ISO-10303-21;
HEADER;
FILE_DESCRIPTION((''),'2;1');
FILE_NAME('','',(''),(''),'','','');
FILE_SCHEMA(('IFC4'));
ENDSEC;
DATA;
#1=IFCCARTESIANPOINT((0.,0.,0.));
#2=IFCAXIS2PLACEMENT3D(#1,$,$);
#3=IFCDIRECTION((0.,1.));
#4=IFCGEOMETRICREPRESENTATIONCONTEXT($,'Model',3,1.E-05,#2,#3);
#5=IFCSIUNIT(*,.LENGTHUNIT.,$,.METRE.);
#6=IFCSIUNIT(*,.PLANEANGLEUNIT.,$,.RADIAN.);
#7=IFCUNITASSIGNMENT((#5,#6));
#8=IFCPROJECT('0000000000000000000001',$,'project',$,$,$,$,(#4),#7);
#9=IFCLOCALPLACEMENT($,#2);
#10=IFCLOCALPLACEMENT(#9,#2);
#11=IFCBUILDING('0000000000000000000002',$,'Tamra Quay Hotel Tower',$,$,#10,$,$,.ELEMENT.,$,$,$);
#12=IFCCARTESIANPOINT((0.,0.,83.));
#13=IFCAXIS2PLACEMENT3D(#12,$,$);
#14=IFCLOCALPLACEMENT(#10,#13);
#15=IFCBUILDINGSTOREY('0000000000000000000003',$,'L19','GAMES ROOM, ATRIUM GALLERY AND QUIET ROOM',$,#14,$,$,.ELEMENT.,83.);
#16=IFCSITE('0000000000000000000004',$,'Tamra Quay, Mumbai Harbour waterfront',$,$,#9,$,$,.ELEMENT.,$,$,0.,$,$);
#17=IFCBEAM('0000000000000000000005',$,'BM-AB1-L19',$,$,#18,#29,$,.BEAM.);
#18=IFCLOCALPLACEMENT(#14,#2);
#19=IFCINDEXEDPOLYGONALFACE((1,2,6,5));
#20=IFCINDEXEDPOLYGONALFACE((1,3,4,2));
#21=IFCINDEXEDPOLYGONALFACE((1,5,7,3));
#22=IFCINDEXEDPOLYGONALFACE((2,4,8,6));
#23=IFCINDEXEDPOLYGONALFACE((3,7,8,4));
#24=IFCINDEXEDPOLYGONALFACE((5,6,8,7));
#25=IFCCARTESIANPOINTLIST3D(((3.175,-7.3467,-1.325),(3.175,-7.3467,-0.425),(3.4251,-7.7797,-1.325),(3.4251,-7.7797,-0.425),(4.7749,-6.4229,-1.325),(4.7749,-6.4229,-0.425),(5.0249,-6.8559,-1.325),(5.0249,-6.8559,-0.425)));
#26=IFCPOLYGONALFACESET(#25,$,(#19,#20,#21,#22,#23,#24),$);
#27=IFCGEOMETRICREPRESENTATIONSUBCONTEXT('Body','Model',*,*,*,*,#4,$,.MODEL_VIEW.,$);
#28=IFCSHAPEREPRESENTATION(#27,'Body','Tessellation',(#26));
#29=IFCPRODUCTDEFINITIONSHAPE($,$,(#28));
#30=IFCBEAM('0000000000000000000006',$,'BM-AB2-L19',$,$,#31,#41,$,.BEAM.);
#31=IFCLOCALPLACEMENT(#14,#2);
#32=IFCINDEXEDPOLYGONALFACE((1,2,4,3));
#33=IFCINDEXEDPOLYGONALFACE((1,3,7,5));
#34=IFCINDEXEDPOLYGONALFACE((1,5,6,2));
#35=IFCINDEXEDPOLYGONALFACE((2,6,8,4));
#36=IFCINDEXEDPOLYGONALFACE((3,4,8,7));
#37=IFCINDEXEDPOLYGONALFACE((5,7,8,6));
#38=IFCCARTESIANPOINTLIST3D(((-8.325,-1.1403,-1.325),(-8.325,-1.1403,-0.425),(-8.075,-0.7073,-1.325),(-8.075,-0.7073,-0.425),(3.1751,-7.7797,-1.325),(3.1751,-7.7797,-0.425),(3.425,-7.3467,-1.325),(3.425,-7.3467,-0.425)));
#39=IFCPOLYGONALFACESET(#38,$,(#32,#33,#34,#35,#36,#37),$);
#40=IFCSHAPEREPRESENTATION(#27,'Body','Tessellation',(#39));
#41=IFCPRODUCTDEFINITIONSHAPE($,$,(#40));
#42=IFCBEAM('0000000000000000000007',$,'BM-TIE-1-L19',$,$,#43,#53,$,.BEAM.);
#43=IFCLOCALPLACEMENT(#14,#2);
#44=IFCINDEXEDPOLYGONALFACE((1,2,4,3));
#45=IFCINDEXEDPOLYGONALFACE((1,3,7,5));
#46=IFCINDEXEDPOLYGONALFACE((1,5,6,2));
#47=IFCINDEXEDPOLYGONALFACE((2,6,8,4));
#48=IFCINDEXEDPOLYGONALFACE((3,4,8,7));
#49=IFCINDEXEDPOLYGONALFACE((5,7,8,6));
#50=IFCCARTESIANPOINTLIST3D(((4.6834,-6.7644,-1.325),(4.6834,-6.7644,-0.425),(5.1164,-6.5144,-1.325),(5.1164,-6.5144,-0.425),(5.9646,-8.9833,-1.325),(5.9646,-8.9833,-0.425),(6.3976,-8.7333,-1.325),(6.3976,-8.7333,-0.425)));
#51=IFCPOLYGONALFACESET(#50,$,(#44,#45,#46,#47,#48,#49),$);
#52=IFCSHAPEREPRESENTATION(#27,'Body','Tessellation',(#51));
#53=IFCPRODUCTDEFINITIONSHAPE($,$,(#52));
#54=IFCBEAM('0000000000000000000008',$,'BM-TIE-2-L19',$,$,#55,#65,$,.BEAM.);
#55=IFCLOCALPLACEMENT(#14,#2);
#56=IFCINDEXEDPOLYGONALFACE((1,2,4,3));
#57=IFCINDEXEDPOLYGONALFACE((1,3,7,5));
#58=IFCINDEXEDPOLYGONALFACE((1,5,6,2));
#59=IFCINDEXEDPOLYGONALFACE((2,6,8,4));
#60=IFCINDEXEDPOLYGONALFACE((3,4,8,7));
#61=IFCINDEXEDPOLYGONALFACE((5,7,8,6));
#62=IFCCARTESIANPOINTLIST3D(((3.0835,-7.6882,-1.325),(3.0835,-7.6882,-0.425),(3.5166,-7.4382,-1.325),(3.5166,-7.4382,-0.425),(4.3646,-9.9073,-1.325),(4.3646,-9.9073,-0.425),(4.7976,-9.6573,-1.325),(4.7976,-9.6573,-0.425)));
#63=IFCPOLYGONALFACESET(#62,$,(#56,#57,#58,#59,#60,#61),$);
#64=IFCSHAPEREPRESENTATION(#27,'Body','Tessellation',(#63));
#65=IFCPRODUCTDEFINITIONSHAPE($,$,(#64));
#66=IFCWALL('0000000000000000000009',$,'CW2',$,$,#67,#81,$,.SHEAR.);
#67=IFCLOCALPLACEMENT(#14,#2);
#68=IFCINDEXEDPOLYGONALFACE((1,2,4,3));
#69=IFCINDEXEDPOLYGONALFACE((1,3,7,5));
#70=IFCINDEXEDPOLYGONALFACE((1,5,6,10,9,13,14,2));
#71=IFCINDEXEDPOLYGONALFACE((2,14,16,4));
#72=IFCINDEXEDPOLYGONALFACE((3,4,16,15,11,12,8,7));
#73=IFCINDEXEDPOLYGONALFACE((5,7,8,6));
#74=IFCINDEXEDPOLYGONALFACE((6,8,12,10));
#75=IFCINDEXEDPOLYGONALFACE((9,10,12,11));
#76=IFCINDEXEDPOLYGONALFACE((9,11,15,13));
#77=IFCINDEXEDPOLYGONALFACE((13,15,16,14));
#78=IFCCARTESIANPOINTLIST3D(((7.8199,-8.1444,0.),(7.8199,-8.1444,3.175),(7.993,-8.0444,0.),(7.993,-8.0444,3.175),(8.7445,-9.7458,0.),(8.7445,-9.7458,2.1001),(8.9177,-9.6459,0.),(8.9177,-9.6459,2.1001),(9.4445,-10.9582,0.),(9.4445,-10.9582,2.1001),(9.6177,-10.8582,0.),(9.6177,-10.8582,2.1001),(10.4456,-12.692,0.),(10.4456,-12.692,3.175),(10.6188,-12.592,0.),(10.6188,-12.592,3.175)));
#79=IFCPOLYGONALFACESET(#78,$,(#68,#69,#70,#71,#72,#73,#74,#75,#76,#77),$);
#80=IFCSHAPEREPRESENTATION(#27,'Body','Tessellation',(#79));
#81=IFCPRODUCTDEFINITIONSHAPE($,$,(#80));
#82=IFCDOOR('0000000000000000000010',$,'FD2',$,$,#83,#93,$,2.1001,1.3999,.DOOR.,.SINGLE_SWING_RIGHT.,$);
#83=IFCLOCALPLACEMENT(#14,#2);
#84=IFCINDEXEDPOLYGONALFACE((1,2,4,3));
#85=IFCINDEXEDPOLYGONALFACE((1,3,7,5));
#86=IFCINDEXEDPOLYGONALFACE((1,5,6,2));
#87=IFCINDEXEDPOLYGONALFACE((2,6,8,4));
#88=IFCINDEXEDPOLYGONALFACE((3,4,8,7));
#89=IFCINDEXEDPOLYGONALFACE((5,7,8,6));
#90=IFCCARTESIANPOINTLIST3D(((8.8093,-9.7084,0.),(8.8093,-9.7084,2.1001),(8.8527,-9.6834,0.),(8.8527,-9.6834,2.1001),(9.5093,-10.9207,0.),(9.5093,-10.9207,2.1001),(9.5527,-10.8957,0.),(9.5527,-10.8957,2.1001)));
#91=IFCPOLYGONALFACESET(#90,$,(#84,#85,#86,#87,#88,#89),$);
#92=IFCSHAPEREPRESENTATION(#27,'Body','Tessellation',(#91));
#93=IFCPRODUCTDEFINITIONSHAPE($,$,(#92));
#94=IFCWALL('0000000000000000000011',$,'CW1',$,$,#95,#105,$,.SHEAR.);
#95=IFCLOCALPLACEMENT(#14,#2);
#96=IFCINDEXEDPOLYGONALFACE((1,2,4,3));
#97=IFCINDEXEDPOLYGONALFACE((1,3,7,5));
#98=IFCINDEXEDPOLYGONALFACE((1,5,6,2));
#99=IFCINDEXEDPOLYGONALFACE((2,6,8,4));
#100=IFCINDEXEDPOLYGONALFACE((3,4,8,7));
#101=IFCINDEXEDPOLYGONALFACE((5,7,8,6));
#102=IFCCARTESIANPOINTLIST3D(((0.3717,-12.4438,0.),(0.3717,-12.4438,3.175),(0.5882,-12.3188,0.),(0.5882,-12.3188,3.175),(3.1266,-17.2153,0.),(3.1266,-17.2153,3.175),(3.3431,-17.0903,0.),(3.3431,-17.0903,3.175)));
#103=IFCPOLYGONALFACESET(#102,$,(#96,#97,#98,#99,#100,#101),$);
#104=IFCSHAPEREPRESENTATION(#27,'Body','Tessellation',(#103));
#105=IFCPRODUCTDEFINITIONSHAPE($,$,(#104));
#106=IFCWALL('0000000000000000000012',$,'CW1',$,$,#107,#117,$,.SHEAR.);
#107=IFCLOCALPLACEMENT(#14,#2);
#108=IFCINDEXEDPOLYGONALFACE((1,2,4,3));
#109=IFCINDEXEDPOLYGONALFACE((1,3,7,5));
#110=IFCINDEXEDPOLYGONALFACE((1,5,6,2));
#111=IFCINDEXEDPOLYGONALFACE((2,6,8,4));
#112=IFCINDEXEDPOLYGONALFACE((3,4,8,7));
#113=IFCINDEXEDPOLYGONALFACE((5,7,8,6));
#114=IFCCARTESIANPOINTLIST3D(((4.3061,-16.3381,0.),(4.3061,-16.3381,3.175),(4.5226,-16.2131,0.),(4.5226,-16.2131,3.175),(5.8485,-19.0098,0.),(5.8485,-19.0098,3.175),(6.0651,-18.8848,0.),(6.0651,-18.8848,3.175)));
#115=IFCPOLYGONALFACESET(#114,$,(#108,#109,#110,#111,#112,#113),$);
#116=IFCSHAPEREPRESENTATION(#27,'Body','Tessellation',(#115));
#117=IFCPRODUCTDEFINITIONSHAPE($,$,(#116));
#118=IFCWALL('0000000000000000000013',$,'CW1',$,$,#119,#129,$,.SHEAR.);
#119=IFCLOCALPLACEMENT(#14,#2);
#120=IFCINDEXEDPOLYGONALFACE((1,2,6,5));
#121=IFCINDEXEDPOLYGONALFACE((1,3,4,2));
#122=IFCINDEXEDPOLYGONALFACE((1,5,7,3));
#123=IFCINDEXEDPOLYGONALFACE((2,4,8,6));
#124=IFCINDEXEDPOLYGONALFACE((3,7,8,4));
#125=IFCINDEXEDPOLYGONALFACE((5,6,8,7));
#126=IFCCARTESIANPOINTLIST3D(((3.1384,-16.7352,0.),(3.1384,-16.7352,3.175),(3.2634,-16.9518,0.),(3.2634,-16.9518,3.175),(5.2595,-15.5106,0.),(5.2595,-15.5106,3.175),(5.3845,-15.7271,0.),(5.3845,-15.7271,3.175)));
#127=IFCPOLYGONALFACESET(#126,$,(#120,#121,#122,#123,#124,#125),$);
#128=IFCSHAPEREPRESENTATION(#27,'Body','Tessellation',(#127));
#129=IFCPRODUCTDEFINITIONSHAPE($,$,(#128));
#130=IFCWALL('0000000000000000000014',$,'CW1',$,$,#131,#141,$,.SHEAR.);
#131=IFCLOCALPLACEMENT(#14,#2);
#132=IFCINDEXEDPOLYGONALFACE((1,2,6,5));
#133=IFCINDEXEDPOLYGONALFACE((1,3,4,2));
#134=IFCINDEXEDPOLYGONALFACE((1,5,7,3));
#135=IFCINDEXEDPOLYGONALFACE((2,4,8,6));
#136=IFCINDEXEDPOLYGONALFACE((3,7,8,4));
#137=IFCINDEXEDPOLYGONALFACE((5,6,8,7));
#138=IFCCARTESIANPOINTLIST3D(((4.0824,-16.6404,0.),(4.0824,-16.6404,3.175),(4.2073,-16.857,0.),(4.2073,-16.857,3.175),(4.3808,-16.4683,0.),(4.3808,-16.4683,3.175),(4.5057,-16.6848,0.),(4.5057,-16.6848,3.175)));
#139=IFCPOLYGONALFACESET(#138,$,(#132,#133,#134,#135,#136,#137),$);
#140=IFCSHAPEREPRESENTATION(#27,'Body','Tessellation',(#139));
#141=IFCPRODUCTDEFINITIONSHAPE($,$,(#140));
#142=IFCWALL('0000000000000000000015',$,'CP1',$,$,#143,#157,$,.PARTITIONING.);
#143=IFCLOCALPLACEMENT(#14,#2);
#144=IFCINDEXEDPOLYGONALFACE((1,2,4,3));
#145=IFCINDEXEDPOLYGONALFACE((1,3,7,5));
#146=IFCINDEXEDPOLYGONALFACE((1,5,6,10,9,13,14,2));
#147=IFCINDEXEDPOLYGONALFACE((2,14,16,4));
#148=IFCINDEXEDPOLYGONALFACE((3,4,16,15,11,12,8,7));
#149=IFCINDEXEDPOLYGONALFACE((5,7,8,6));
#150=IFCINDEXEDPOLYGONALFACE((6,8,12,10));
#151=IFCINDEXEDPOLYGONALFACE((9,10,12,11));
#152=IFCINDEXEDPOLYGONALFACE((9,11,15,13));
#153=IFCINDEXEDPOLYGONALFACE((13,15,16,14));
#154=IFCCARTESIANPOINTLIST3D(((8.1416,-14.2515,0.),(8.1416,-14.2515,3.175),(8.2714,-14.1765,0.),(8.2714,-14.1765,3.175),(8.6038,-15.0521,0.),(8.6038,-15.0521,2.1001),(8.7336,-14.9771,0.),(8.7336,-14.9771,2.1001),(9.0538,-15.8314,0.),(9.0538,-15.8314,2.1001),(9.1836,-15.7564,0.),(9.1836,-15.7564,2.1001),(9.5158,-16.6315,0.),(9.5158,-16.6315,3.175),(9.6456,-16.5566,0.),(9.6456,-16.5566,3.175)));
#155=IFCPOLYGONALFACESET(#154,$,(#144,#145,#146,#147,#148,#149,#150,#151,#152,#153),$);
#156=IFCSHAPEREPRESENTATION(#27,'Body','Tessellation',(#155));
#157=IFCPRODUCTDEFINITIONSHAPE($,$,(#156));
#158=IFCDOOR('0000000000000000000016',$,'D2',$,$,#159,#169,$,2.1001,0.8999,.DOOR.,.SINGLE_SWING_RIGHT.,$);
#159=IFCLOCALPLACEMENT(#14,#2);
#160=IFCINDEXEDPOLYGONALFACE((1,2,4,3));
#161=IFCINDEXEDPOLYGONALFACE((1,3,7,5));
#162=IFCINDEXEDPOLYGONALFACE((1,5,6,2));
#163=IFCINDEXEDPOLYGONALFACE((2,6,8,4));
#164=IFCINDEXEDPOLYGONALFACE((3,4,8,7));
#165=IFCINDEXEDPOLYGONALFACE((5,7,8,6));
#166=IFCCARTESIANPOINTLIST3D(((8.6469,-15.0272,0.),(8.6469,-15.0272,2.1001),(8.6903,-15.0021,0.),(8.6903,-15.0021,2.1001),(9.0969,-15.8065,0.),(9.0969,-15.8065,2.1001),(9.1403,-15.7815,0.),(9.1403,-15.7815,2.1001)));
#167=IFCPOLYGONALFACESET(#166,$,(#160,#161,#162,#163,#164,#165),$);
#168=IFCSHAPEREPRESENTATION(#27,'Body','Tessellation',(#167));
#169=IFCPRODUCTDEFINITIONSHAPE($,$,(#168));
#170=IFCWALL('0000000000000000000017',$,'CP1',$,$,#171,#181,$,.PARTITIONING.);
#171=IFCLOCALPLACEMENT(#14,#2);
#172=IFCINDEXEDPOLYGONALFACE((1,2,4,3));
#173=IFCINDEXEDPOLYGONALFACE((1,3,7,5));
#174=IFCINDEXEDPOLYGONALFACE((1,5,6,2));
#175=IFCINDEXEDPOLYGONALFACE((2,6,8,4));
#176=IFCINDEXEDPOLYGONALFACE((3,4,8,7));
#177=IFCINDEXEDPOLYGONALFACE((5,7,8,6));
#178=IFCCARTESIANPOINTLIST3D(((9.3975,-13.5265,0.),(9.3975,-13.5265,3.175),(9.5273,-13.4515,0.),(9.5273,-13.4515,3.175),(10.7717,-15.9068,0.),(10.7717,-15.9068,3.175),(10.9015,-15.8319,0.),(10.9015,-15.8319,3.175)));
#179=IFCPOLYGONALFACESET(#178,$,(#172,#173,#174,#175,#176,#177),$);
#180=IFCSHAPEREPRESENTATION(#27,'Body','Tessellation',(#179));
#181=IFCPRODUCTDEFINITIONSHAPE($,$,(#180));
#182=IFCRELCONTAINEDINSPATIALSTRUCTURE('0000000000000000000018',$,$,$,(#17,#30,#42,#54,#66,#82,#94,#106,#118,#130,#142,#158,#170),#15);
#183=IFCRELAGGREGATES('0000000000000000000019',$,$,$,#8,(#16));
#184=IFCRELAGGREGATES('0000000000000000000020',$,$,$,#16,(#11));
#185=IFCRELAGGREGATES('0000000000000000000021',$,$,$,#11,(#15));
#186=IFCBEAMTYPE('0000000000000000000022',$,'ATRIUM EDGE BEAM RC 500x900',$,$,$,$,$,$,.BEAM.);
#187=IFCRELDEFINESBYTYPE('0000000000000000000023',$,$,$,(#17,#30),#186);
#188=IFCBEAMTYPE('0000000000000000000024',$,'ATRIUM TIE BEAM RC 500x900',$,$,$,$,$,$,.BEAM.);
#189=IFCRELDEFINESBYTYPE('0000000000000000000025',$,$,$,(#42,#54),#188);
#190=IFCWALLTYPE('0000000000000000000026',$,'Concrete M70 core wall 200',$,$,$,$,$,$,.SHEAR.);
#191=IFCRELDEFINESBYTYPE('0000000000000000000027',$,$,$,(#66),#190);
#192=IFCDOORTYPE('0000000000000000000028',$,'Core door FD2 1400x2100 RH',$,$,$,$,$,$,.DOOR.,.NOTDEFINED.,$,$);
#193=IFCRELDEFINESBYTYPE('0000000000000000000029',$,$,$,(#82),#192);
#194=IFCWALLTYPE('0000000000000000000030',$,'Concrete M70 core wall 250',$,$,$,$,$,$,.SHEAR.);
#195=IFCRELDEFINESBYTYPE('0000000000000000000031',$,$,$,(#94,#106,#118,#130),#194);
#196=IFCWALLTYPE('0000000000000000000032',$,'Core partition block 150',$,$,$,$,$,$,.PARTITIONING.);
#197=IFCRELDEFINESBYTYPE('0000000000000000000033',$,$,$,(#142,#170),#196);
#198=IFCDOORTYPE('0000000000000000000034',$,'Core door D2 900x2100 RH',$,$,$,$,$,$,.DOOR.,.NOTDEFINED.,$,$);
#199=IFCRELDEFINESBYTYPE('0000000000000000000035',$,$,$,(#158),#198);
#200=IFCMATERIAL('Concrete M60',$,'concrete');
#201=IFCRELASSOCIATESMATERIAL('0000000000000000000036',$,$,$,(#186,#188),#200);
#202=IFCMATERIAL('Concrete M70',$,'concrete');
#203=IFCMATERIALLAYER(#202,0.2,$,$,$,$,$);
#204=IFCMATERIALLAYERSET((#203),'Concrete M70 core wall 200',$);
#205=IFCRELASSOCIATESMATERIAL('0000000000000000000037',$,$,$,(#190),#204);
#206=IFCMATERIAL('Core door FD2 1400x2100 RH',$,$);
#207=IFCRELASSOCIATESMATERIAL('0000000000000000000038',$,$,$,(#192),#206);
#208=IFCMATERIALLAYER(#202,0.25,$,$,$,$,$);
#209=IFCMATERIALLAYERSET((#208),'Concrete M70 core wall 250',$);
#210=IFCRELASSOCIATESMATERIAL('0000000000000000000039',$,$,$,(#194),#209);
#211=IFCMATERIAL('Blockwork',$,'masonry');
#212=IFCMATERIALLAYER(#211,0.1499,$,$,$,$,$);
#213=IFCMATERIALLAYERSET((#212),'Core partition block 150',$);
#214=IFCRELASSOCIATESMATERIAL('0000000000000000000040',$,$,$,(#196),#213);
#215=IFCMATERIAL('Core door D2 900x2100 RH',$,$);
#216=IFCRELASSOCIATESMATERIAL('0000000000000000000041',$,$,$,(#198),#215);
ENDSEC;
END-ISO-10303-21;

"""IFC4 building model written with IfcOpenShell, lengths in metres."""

from ifc_helpers import new_model, si_unit, direction, frame, frame_2d, origin, origin_2d, place, context, subcontext, project, spatial, rectangle, extrude, material, layer, layer_set, material_profile, profile_set, type_object, element, fill, save


model = new_model("IFC4")

# Units and contexts
model_context = context("Model", 3, precision=1e-05, world=origin(), true_north=direction((0.0, 1.0)))
body_context = subcontext(model_context, "Body", "Model", "MODEL_VIEW")
ifc_project = project(units=[si_unit("LENGTHUNIT", "METRE"), si_unit("PLANEANGLEUNIT", "RADIAN")], contexts=[model_context])

# Site, building, storey
site_placement = place(None, origin())
site = spatial("IfcSite", under=ifc_project, at=site_placement, Name="Tamra Quay, Mumbai Harbour waterfront", CompositionType="ELEMENT", RefElevation=0.0)
building_placement = place(site_placement, origin())
building = spatial("IfcBuilding", under=site, at=building_placement, Name="Tamra Quay Hotel Tower", CompositionType="ELEMENT")
storey_placement = place(building_placement, frame((0.0, 0.0, 83.0)))
storey = spatial("IfcBuildingStorey", under=building, at=storey_placement, Name="L19", Description="GAMES ROOM, ATRIUM GALLERY AND QUIET ROOM", CompositionType="ELEMENT", Elevation=83.0)

# Beams
ifc_material_1 = material(Name="Concrete M60", Category="concrete")
ifc_material_profile_1 = material_profile(ifc_material_1, rectangle(XDim=0.5, YDim=0.8999, at=origin_2d()), Name="ATRIUM EDGE BEAM RC 500x900")
ifc_profile_set_1 = profile_set([ifc_material_profile_1], Name="Concrete M60")
beam_type_1 = type_object("IfcBeamType", Name="ATRIUM EDGE BEAM RC 500x900", PredefinedType="BEAM", material=ifc_profile_set_1)
beam_1_placement = place(storey_placement, frame((4.8999, -6.6394, -0.875), z_axis=(-0.86599, -0.500062, 0.0), x_axis=(0.500062, -0.86599, 0.0)))
element("IfcBeam", 1, at=beam_1_placement, inside=storey, type_object=beam_type_1, Name="BM-AB1-L19", PredefinedType="BEAM", context=body_context, shape_type="SweptSolid", body=[
    extrude(rectangle(XDim=0.5, YDim=0.8999, at=origin_2d()), origin(), (0.0, 0.0, 1.0), 1.8474),
])
beam_2_placement = place(storey_placement, frame((3.3, -7.5632, -0.875), z_axis=(-0.866029, 0.499993, 0.0), x_axis=(-0.499993, -0.866029, 0.0)))
element("IfcBeam", 2, at=beam_2_placement, inside=storey, type_object=beam_type_1, Name="BM-AB2-L19", PredefinedType="BEAM", context=body_context, shape_type="SweptSolid", body=[
    extrude(rectangle(XDim=0.5, YDim=0.8999, at=origin_2d()), origin(), (0.0, 0.0, 1.0), 13.2791),
])
ifc_material_profile_2 = material_profile(ifc_material_1, rectangle(XDim=0.5, YDim=0.8999, at=origin_2d()), Name="ATRIUM TIE BEAM RC 500x900")
ifc_profile_set_2 = profile_set([ifc_material_profile_2], Name="Concrete M60")
beam_type_2 = type_object("IfcBeamType", Name="ATRIUM TIE BEAM RC 500x900", PredefinedType="BEAM", material=ifc_profile_set_2)
for number, where, z_axis, x_axis, name in (
    (3, (4.8999, -6.6394, -0.875), (0.500033, -0.866006, 0.0), (0.866006, 0.500033, 0.0), "BM-TIE-1-L19"),
    (4, (3.3, -7.5632, -0.875), (0.499962, -0.866048, 0.0), (0.866048, 0.499962, 0.0), "BM-TIE-2-L19"),
):
    element("IfcBeam", number, at=place(storey_placement, frame(where, z_axis=z_axis, x_axis=x_axis)), inside=storey, type_object=beam_type_2, Name=name, PredefinedType="BEAM", context=body_context, shape_type="SweptSolid", body=[
        extrude(rectangle(XDim=0.5, YDim=0.8999, at=origin_2d()), origin(), (0.0, 0.0, 1.0), 2.5623),
    ])

# Wall, opening, door
ifc_material_2 = material(Name="Concrete M70", Category="concrete")
ifc_layer_1 = layer(ifc_material_2, 0.2)
ifc_layer_set_1 = layer_set([ifc_layer_1], Name="Concrete M70 core wall 200")
wall_type_1 = type_object("IfcWallType", Name="Concrete M70 core wall 200", PredefinedType="SHEAR", material=ifc_layer_set_1)
wall_1_placement = place(storey_placement, frame((7.9065, -8.0945, 0.0), z_axis=(0.0, 0.0, 1.0), x_axis=(0.500024, -0.866011, 0.0)))
wall_1 = element("IfcWall", 5, at=wall_1_placement, inside=storey, type_object=wall_type_1, Name="CW2", PredefinedType="SHEAR", context=body_context, shape_type="SweptSolid", body=[
    extrude(rectangle(XDim=5.2512, YDim=0.2, at=frame_2d((2.6255, 0.0))), origin(), (0.0, 0.0, 1.0), 3.175),
])
opening_1_placement = place(wall_1_placement, frame((1.8491, 0.0, 0.0)))
opening_1 = element("IfcOpeningElement", 6, at=opening_1_placement, cuts=wall_1, PredefinedType="OPENING", context=body_context, shape_type="SweptSolid", body=[
    extrude(rectangle(XDim=1.3999, YDim=2.1001, at=frame_2d((0.7, 1.05))), frame((0.0, 0.1099, 0.0), z_axis=(0.0, -1.0, 0.0), x_axis=(1.0, 0.0, 0.0)), (0.0, 0.0, 1.0), 0.22),
])
ifc_material_3 = material(Name="Core door FD2 1400x2100 RH")
door_type_1 = type_object("IfcDoorType", Name="Core door FD2 1400x2100 RH", OperationType="NOTDEFINED", PredefinedType="DOOR", material=ifc_material_3)
door_1_placement = place(opening_1_placement, origin())
door_1 = element("IfcDoor", 7, at=door_1_placement, inside=storey, type_object=door_type_1, Name="FD2", OperationType="SINGLE_SWING_RIGHT", OverallHeight=2.1001, OverallWidth=1.3999, PredefinedType="DOOR", context=body_context, shape_type="SweptSolid", body=[
    extrude(rectangle(XDim=1.3999, YDim=2.1001, at=frame_2d((0.7, 1.05))), frame((0.0, 0.0249, 0.0), z_axis=(0.0, -1.0, 0.0), x_axis=(1.0, 0.0, 0.0)), (0.0, 0.0, 1.0), 0.05),
])
fill(opening_1, door_1)

# Walls
ifc_layer_2 = layer(ifc_material_2, 0.25)
ifc_layer_set_2 = layer_set([ifc_layer_2], Name="Concrete M70 core wall 250")
wall_type_2 = type_object("IfcWallType", Name="Concrete M70 core wall 250", PredefinedType="SHEAR", material=ifc_layer_set_2)
wall_2_placement = place(storey_placement, frame((3.2349, -17.1528, 0.0), z_axis=(0.0, 0.0, 1.0), x_axis=(-0.500009, 0.86602, 0.0)))
element("IfcWall", 8, at=wall_2_placement, inside=storey, type_object=wall_type_2, Name="CW1", PredefinedType="SHEAR", context=body_context, shape_type="SweptSolid", body=[
    extrude(rectangle(XDim=5.5098, YDim=0.25, at=frame_2d((2.7549, 0.0))), origin(), (0.0, 0.0, 1.0), 3.175),
])
wall_3_placement = place(storey_placement, frame((4.4143, -16.2756, 0.0), z_axis=(0.0, 0.0, 1.0), x_axis=(0.500003, -0.866023, 0.0)))
element("IfcWall", 9, at=wall_3_placement, inside=storey, type_object=wall_type_2, Name="CW1", PredefinedType="SHEAR", context=body_context, shape_type="SweptSolid", body=[
    extrude(rectangle(XDim=3.085, YDim=0.25, at=frame_2d((1.5425, 0.0))), origin(), (0.0, 0.0, 1.0), 3.175),
])
wall_4_placement = place(storey_placement, frame((5.322, -15.6189, 0.0), z_axis=(0.0, 0.0, 1.0), x_axis=(-0.866026, -0.499999, 0.0)))
element("IfcWall", 10, at=wall_4_placement, inside=storey, type_object=wall_type_2, Name="CW1", PredefinedType="SHEAR", context=body_context, shape_type="SweptSolid", body=[
    extrude(rectangle(XDim=2.4492, YDim=0.25, at=frame_2d((1.2246, 0.0))), origin(), (0.0, 0.0, 1.0), 3.175),
])
wall_5_placement = place(storey_placement, frame((4.1448, -16.7488, 0.0), z_axis=(0.0, 0.0, 1.0), x_axis=(0.866186, 0.499722, 0.0)))
element("IfcWall", 11, at=wall_5_placement, inside=storey, type_object=wall_type_2, Name="CW1", PredefinedType="SHEAR", context=body_context, shape_type="SweptSolid", body=[
    extrude(rectangle(XDim=0.3445, YDim=0.25, at=frame_2d((0.1724, 0.0))), origin(), (0.0, 0.0, 1.0), 3.175),
])

# Wall, opening, door
ifc_material_4 = material(Name="Blockwork", Category="masonry")
ifc_layer_3 = layer(ifc_material_4, 0.1499)
ifc_layer_set_3 = layer_set([ifc_layer_3], Name="Core partition block 150")
wall_type_3 = type_object("IfcWallType", Name="Core partition block 150", PredefinedType="PARTITIONING", material=ifc_layer_set_3)
wall_6_placement = place(storey_placement, frame((8.2065, -14.2141, 0.0), z_axis=(0.0, 0.0, 1.0), x_axis=(0.500027, -0.86601, 0.0)))
wall_6 = element("IfcWall", 12, at=wall_6_placement, inside=storey, type_object=wall_type_3, Name="CP1", PredefinedType="PARTITIONING", context=body_context, shape_type="SweptSolid", body=[
    extrude(rectangle(XDim=2.7483, YDim=0.1499, at=frame_2d((1.374, 0.0))), origin(), (0.0, 0.0, 1.0), 3.175),
])
opening_2_placement = place(wall_6_placement, frame((0.9243, 0.0, 0.0)))
opening_2 = element("IfcOpeningElement", 13, at=opening_2_placement, cuts=wall_6, PredefinedType="OPENING", context=body_context, shape_type="SweptSolid", body=[
    extrude(rectangle(XDim=0.8999, YDim=2.1001, at=frame_2d((0.45, 1.05))), frame((0.0, 0.085, 0.0), z_axis=(0.0, -1.0, 0.0), x_axis=(1.0, 0.0, 0.0)), (0.0, 0.0, 1.0), 0.1699),
])
ifc_material_5 = material(Name="Core door D2 900x2100 RH")
door_type_2 = type_object("IfcDoorType", Name="Core door D2 900x2100 RH", OperationType="NOTDEFINED", PredefinedType="DOOR", material=ifc_material_5)
door_2_placement = place(opening_2_placement, origin())
door_2 = element("IfcDoor", 14, at=door_2_placement, inside=storey, type_object=door_type_2, Name="D2", OperationType="SINGLE_SWING_RIGHT", OverallHeight=2.1001, OverallWidth=0.8999, PredefinedType="DOOR", context=body_context, shape_type="SweptSolid", body=[
    extrude(rectangle(XDim=0.8999, YDim=2.1001, at=frame_2d((0.45, 1.05))), frame((0.0, 0.0249, 0.0), z_axis=(0.0, -1.0, 0.0), x_axis=(1.0, 0.0, 0.0)), (0.0, 0.0, 1.0), 0.05),
])
fill(opening_2, door_2)

# Wall
wall_7_placement = place(storey_placement, frame((9.4624, -13.489, 0.0), z_axis=(0.0, 0.0, 1.0), x_axis=(0.499989, -0.866032, 0.0)))
element("IfcWall", 15, at=wall_7_placement, inside=storey, type_object=wall_type_3, Name="CP1", PredefinedType="PARTITIONING", context=body_context, shape_type="SweptSolid", body=[
    extrude(rectangle(XDim=2.7485, YDim=0.1499, at=frame_2d((1.3743, 0.0))), origin(), (0.0, 0.0, 1.0), 3.175),
])

save(model, "model.ifc")
